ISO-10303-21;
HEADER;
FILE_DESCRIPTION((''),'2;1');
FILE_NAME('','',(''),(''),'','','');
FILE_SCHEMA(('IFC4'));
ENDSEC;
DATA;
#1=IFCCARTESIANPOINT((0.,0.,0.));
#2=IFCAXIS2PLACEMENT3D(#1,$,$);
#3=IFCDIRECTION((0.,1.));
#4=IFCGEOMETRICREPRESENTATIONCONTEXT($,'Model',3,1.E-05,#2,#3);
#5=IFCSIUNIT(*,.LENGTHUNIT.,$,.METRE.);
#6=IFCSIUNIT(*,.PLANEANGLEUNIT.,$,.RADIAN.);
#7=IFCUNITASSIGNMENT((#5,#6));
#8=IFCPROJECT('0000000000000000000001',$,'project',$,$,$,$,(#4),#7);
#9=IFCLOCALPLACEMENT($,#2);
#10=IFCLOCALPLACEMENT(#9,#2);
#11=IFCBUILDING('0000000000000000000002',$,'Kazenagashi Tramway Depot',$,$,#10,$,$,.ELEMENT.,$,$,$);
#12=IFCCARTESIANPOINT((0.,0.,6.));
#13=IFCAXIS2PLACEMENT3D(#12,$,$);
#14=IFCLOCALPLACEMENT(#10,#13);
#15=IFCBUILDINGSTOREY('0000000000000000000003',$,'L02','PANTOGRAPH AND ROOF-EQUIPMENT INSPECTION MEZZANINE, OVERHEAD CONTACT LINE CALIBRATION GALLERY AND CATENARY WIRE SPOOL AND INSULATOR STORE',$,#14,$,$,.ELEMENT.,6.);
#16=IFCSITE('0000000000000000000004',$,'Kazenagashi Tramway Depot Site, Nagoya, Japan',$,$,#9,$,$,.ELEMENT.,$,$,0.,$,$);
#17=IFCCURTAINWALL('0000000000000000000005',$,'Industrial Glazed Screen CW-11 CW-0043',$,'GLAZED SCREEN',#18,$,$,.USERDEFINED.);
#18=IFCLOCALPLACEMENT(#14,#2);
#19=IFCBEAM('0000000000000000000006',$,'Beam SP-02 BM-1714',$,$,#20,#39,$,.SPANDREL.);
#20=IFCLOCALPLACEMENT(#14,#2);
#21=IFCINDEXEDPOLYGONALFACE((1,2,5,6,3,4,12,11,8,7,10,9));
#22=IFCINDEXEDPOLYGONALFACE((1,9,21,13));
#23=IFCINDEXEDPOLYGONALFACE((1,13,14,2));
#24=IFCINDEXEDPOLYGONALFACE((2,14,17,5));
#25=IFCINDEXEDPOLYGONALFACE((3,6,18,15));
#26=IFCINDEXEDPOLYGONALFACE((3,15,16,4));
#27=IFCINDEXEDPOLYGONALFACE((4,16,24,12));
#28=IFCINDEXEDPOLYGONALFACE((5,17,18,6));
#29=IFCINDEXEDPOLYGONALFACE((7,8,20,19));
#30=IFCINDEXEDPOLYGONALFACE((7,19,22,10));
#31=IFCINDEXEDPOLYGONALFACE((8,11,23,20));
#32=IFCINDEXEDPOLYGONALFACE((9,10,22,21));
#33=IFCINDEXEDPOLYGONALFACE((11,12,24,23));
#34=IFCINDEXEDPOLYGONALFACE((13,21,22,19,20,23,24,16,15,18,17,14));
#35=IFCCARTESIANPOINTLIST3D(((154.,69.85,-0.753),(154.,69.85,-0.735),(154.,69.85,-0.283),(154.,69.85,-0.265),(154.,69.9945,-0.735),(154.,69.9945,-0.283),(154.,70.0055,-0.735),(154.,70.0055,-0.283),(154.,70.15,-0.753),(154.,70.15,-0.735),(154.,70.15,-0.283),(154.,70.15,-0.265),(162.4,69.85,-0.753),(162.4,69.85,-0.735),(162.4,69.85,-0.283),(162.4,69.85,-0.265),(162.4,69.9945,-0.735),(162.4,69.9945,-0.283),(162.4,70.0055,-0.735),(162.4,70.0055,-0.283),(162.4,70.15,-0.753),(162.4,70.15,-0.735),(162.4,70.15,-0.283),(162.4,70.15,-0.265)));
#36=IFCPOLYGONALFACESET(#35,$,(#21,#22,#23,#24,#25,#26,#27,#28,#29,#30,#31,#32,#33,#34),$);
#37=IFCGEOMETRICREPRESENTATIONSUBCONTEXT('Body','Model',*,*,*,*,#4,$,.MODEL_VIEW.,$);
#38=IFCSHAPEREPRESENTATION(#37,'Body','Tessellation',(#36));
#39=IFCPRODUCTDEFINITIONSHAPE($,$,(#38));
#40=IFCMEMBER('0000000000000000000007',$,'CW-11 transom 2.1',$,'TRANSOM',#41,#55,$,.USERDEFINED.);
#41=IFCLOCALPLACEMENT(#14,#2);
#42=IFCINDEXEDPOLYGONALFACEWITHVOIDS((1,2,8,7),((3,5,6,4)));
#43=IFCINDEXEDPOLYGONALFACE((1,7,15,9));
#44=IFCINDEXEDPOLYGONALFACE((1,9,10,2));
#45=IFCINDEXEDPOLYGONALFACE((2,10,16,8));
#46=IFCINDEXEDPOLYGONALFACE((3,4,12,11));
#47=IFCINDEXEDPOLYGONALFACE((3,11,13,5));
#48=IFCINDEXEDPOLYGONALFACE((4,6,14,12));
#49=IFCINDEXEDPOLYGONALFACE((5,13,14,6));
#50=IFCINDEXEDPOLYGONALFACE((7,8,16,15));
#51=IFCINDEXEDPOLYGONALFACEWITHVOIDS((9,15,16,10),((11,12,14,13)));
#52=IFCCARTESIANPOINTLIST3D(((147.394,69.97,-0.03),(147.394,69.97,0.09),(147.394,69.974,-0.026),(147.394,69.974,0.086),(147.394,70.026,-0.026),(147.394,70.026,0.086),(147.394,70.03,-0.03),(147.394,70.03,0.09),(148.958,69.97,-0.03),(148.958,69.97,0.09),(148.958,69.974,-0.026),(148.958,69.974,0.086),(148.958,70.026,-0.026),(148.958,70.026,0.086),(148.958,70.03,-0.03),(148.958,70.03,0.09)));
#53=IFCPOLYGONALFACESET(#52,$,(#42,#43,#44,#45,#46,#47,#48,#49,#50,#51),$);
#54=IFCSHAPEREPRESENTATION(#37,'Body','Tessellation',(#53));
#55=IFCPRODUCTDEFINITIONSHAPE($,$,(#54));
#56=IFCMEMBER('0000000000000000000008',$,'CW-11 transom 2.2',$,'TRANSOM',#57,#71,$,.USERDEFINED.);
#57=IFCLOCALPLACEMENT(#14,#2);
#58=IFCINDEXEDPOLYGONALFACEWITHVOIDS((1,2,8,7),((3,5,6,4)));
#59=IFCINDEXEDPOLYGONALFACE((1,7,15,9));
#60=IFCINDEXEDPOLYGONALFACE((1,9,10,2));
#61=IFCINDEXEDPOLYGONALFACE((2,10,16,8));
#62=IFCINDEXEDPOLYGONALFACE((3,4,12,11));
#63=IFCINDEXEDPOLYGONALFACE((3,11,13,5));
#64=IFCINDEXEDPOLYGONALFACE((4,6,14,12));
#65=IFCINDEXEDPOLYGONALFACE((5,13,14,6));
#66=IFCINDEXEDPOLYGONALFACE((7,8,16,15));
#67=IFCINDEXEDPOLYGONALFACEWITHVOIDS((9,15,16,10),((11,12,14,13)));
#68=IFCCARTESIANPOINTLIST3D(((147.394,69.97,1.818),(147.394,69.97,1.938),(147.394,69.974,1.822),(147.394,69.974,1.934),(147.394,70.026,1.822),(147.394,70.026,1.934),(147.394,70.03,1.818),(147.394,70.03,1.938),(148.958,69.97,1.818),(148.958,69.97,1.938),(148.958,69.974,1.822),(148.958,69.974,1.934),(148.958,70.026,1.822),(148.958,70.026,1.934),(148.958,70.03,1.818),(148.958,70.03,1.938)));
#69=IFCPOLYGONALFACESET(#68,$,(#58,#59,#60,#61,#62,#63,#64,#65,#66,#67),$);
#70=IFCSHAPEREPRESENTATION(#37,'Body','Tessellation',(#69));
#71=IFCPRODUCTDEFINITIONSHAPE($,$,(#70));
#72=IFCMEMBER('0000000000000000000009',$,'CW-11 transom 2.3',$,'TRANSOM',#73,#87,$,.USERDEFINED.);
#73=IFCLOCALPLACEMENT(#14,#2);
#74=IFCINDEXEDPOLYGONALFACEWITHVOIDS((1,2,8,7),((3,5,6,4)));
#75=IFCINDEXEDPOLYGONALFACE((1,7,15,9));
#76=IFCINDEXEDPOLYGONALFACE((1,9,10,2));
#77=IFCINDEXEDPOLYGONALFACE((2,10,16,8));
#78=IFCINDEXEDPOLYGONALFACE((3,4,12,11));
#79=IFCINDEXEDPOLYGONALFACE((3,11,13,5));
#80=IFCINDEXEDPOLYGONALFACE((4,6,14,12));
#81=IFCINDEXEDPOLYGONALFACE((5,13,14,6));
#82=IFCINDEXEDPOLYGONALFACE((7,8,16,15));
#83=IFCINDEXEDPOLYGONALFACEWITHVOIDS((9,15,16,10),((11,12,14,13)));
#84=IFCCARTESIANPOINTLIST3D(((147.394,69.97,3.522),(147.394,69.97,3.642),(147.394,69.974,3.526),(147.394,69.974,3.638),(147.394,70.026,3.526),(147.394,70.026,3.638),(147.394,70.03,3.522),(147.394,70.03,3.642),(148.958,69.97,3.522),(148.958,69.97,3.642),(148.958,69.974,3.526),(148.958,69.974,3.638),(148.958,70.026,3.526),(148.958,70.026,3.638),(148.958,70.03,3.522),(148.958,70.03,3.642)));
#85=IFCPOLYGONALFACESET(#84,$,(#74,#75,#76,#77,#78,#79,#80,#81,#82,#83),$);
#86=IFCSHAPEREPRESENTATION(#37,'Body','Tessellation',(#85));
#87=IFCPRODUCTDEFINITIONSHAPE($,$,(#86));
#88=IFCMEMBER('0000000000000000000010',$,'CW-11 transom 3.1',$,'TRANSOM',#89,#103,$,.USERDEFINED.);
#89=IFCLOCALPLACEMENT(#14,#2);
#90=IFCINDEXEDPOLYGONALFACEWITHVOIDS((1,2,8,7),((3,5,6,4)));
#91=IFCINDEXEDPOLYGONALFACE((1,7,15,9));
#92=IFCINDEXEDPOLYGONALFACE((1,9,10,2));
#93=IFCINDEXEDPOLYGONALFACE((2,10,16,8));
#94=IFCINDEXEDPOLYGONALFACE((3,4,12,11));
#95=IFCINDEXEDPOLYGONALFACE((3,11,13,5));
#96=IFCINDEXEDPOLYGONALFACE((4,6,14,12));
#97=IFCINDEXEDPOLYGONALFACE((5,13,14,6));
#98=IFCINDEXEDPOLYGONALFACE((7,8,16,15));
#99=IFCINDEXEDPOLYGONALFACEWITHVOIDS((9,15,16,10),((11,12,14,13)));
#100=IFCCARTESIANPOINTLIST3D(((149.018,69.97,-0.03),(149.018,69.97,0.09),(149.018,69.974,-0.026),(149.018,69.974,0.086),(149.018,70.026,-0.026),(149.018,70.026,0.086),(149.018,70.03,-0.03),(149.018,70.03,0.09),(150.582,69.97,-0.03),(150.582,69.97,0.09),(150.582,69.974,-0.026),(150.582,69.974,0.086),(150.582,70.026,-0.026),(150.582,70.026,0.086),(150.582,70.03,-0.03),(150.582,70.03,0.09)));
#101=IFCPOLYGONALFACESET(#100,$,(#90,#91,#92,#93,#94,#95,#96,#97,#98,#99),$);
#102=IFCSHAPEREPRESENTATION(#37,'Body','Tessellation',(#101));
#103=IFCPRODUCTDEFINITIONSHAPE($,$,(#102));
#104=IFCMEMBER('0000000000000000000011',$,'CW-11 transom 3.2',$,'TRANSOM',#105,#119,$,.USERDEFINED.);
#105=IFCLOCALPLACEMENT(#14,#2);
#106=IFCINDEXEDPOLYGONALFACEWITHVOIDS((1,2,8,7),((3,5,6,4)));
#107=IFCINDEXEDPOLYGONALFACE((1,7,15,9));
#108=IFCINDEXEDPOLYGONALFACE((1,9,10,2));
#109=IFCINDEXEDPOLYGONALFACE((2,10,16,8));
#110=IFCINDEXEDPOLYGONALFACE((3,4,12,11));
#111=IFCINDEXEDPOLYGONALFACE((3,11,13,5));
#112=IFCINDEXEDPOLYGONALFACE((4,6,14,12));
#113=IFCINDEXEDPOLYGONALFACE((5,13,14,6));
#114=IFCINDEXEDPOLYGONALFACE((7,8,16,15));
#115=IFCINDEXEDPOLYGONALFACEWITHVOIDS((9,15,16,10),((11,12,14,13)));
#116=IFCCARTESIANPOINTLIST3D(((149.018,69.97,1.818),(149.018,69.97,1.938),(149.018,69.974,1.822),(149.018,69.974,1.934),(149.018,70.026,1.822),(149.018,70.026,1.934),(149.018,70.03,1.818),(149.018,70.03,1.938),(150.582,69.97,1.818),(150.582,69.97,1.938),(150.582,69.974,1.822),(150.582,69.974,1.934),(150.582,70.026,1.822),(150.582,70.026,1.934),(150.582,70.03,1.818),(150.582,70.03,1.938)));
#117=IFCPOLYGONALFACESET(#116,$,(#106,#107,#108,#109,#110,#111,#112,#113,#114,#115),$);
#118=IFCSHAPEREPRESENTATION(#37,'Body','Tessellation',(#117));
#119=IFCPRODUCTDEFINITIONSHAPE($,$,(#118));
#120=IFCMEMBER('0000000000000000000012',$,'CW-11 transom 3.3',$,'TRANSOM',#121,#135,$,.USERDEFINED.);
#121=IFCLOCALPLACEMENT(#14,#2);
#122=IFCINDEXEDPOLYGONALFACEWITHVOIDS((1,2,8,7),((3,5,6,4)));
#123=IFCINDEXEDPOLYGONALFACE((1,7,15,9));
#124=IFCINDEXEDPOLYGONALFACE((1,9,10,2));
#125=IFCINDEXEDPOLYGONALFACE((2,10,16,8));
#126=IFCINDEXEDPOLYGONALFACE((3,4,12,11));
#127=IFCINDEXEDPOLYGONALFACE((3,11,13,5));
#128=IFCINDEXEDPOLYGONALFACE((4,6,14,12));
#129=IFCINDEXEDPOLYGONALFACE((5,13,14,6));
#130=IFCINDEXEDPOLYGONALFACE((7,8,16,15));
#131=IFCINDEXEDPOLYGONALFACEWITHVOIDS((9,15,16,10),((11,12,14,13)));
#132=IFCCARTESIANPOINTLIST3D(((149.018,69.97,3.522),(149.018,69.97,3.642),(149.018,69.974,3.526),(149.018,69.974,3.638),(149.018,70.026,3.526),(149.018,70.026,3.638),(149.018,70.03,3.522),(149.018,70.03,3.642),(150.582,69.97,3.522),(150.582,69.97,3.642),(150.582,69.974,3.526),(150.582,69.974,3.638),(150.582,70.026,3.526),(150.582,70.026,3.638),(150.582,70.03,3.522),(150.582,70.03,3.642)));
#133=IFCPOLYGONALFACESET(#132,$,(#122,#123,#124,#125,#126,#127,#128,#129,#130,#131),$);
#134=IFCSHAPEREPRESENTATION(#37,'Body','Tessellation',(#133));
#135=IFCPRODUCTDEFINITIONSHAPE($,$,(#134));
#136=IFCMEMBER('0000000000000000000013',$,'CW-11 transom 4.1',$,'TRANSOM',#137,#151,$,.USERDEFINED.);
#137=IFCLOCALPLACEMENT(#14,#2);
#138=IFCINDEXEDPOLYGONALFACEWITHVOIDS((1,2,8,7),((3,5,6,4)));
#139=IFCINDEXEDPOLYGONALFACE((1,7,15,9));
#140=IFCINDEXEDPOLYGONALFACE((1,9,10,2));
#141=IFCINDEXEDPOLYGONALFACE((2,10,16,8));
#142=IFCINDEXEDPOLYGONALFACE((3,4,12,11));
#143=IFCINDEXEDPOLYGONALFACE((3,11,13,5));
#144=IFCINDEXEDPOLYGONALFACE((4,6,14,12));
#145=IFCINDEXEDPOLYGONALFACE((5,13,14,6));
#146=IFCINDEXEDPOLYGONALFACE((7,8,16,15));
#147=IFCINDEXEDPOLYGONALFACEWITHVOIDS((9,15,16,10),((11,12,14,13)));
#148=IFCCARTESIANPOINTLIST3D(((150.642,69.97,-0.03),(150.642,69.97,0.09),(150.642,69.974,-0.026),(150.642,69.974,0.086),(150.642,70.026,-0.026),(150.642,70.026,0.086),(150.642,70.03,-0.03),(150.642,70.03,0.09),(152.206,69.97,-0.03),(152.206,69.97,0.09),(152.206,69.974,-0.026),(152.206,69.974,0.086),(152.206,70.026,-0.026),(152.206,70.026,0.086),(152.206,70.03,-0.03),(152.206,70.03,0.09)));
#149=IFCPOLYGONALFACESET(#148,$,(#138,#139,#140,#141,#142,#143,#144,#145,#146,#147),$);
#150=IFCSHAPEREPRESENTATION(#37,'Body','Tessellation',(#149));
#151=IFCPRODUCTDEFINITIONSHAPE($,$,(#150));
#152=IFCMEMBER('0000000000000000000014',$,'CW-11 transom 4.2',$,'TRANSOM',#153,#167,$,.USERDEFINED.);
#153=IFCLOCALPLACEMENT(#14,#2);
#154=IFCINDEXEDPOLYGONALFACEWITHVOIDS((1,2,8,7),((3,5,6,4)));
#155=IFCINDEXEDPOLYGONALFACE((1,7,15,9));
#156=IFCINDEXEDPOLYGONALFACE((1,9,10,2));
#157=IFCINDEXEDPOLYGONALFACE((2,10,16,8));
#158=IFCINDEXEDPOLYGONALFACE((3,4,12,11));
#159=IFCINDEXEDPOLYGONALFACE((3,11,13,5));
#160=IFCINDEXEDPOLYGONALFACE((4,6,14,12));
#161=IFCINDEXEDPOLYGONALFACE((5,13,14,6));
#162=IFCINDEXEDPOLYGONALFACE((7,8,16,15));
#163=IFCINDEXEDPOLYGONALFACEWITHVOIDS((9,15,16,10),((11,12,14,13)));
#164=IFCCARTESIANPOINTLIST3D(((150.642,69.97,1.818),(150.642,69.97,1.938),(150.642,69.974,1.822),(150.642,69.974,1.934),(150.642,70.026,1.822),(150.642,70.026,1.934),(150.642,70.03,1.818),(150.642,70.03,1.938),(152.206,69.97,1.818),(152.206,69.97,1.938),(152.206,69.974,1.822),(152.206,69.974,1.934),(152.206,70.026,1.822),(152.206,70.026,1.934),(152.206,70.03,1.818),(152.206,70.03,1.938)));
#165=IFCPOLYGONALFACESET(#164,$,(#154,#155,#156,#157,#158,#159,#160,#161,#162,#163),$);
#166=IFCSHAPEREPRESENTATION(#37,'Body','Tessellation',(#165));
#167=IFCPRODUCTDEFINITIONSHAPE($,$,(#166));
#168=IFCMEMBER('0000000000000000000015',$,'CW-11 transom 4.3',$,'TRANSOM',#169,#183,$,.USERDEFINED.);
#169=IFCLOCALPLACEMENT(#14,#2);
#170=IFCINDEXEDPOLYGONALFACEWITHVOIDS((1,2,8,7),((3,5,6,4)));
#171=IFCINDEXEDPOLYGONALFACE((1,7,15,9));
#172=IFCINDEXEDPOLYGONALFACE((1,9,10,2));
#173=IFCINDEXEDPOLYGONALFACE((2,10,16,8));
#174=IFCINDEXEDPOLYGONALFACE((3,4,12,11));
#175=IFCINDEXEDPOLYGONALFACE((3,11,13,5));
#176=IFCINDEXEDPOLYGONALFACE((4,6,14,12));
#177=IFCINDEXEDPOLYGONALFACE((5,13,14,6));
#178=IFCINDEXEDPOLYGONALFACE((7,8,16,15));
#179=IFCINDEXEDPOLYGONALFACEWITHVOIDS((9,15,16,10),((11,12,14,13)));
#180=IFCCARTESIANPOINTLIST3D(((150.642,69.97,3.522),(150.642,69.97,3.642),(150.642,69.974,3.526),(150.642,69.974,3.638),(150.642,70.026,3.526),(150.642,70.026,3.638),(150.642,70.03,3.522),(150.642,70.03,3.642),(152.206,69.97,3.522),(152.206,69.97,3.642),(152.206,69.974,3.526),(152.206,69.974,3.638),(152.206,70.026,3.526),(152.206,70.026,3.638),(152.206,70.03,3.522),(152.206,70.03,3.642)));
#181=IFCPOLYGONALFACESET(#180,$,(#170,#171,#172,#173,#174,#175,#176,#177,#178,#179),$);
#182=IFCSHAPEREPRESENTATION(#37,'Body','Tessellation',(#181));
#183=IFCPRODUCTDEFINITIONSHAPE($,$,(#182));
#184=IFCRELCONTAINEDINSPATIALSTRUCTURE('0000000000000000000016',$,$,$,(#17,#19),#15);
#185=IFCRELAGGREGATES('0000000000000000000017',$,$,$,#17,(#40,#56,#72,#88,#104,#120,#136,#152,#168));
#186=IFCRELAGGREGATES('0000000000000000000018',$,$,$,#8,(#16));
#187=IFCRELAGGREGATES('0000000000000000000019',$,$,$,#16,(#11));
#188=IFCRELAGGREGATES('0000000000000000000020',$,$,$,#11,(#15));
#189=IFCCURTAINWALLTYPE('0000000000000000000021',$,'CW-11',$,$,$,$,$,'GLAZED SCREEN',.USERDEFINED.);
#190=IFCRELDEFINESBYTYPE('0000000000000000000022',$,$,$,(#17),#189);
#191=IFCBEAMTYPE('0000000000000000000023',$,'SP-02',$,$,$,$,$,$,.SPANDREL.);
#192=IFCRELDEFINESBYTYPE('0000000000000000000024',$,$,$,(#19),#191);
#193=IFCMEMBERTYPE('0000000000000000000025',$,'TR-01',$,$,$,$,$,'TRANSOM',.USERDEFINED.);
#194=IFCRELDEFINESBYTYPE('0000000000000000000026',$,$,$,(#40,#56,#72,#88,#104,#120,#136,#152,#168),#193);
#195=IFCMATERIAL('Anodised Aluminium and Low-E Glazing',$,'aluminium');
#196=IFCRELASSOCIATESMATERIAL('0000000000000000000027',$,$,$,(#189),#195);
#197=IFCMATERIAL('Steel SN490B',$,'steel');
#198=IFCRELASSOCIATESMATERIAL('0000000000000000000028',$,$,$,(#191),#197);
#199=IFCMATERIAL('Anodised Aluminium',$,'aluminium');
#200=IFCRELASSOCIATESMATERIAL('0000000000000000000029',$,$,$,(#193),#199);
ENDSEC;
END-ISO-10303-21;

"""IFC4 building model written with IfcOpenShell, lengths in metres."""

from ifc_helpers import new_model, si_unit, direction, frame, origin, origin_2d, place, context, subcontext, project, spatial, hollow_rectangle, i_section, extrude, material, material_profile, profile_set, type_object, element, aggregate, save


model = new_model("IFC4")

# Units and contexts
model_context = context("Model", 3, precision=1e-05, world=origin(), true_north=direction((0.0, 1.0)))
body_context = subcontext(model_context, "Body", "Model", "MODEL_VIEW")
ifc_project = project(units=[si_unit("LENGTHUNIT", "METRE"), si_unit("PLANEANGLEUNIT", "RADIAN")], contexts=[model_context])

# Site, building, storey
site_placement = place(None, origin())
site = spatial("IfcSite", under=ifc_project, at=site_placement, Name="Kazenagashi Tramway Depot Site, Nagoya, Japan", CompositionType="ELEMENT", RefElevation=0.0)
building_placement = place(site_placement, origin())
building = spatial("IfcBuilding", under=site, at=building_placement, Name="Kazenagashi Tramway Depot", CompositionType="ELEMENT")
storey_placement = place(building_placement, frame((0.0, 0.0, 6.0)))
storey = spatial("IfcBuildingStorey", under=building, at=storey_placement, Name="L02", Description="PANTOGRAPH AND ROOF-EQUIPMENT INSPECTION MEZZANINE, OVERHEAD CONTACT LINE CALIBRATION GALLERY AND CATENARY WIRE SPOOL AND INSULATOR STORE", CompositionType="ELEMENT", Elevation=6.0)

# Shared definitions
ifc_material_1 = material(Name="Steel SN490B", Category="steel")

# Curtain wall
ifc_material_2 = material(Name="Anodised Aluminium and Low-E Glazing", Category="aluminium")
curtain_wall_type = type_object("IfcCurtainWallType", Name="CW-11", ElementType="GLAZED SCREEN", PredefinedType="USERDEFINED", material=ifc_material_2)
curtain_wall_1_placement = place(storey_placement, origin())
curtain_wall_1 = element("IfcCurtainWall", 1, at=curtain_wall_1_placement, inside=storey, type_object=curtain_wall_type, Name="Industrial Glazed Screen CW-11 CW-0043", ObjectType="GLAZED SCREEN", PredefinedType="USERDEFINED")
ifc_material_3 = material(Name="Anodised Aluminium", Category="aluminium")

# Beam
ifc_material_profile_1 = material_profile(ifc_material_1, i_section(OverallWidth=0.3, OverallDepth=0.488, WebThickness=0.011, FlangeThickness=0.018, at=origin_2d()), Name="H-488x300x11x18")
ifc_profile_set_1 = profile_set([ifc_material_profile_1], Name="Steel SN490B")
beam_type_1 = type_object("IfcBeamType", Name="SP-02", PredefinedType="SPANDREL", material=ifc_profile_set_1)
beam_1_placement = place(storey_placement, frame((154.0, 70.0, -0.509), z_axis=(1.0, 0.0, 0.0), x_axis=(0.0, 1.0, 0.0)))
element("IfcBeam", 2, at=beam_1_placement, inside=storey, type_object=beam_type_1, Name="Beam SP-02 BM-1714", PredefinedType="SPANDREL", context=body_context, shape_type="SweptSolid", body=[
    extrude(i_section(OverallWidth=0.3, OverallDepth=0.488, WebThickness=0.011, FlangeThickness=0.018, at=origin_2d()), origin(), (0.0, 0.0, 1.0), 8.4),
])

# Members
ifc_material_profile_2 = material_profile(ifc_material_3, hollow_rectangle(XDim=0.06, YDim=0.12, WallThickness=0.004, at=origin_2d()), Name="RHS-120x60x4")
ifc_profile_set_2 = profile_set([ifc_material_profile_2], Name="Anodised Aluminium")
member_type_1 = type_object("IfcMemberType", Name="TR-01", ElementType="TRANSOM", PredefinedType="USERDEFINED", material=ifc_profile_set_2)
member_1_placement = place(storey_placement, frame((147.394, 70.0, 0.03), z_axis=(1.0, 0.0, 0.0), x_axis=(0.0, 1.0, 0.0)))
member_1 = element("IfcMember", 3, at=member_1_placement, type_object=member_type_1, Name="CW-11 transom 2.1", ObjectType="TRANSOM", PredefinedType="USERDEFINED", context=body_context, shape_type="SweptSolid", body=[
    extrude(hollow_rectangle(XDim=0.06, YDim=0.12, WallThickness=0.004, at=origin_2d()), origin(), (0.0, 0.0, 1.0), 1.564),
])
member_2_placement = place(storey_placement, frame((147.394, 70.0, 1.878), z_axis=(1.0, 0.0, 0.0), x_axis=(0.0, 1.0, 0.0)))
member_2 = element("IfcMember", 4, at=member_2_placement, type_object=member_type_1, Name="CW-11 transom 2.2", ObjectType="TRANSOM", PredefinedType="USERDEFINED", context=body_context, shape_type="SweptSolid", body=[
    extrude(hollow_rectangle(XDim=0.06, YDim=0.12, WallThickness=0.004, at=origin_2d()), origin(), (0.0, 0.0, 1.0), 1.564),
])
member_3_placement = place(storey_placement, frame((147.394, 70.0, 3.582), z_axis=(1.0, 0.0, 0.0), x_axis=(0.0, 1.0, 0.0)))
member_3 = element("IfcMember", 5, at=member_3_placement, type_object=member_type_1, Name="CW-11 transom 2.3", ObjectType="TRANSOM", PredefinedType="USERDEFINED", context=body_context, shape_type="SweptSolid", body=[
    extrude(hollow_rectangle(XDim=0.06, YDim=0.12, WallThickness=0.004, at=origin_2d()), origin(), (0.0, 0.0, 1.0), 1.564),
])
member_4_placement = place(storey_placement, frame((149.018, 70.0, 0.03), z_axis=(1.0, 0.0, 0.0), x_axis=(0.0, 1.0, 0.0)))
member_4 = element("IfcMember", 6, at=member_4_placement, type_object=member_type_1, Name="CW-11 transom 3.1", ObjectType="TRANSOM", PredefinedType="USERDEFINED", context=body_context, shape_type="SweptSolid", body=[
    extrude(hollow_rectangle(XDim=0.06, YDim=0.12, WallThickness=0.004, at=origin_2d()), origin(), (0.0, 0.0, 1.0), 1.564),
])
member_5_placement = place(storey_placement, frame((149.018, 70.0, 1.878), z_axis=(1.0, 0.0, 0.0), x_axis=(0.0, 1.0, 0.0)))
member_5 = element("IfcMember", 7, at=member_5_placement, type_object=member_type_1, Name="CW-11 transom 3.2", ObjectType="TRANSOM", PredefinedType="USERDEFINED", context=body_context, shape_type="SweptSolid", body=[
    extrude(hollow_rectangle(XDim=0.06, YDim=0.12, WallThickness=0.004, at=origin_2d()), origin(), (0.0, 0.0, 1.0), 1.564),
])
member_6_placement = place(storey_placement, frame((149.018, 70.0, 3.582), z_axis=(1.0, 0.0, 0.0), x_axis=(0.0, 1.0, 0.0)))
member_6 = element("IfcMember", 8, at=member_6_placement, type_object=member_type_1, Name="CW-11 transom 3.3", ObjectType="TRANSOM", PredefinedType="USERDEFINED", context=body_context, shape_type="SweptSolid", body=[
    extrude(hollow_rectangle(XDim=0.06, YDim=0.12, WallThickness=0.004, at=origin_2d()), origin(), (0.0, 0.0, 1.0), 1.564),
])
member_7_placement = place(storey_placement, frame((150.642, 70.0, 0.03), z_axis=(1.0, 0.0, 0.0), x_axis=(0.0, 1.0, 0.0)))
member_7 = element("IfcMember", 9, at=member_7_placement, type_object=member_type_1, Name="CW-11 transom 4.1", ObjectType="TRANSOM", PredefinedType="USERDEFINED", context=body_context, shape_type="SweptSolid", body=[
    extrude(hollow_rectangle(XDim=0.06, YDim=0.12, WallThickness=0.004, at=origin_2d()), origin(), (0.0, 0.0, 1.0), 1.564),
])
member_8_placement = place(storey_placement, frame((150.642, 70.0, 1.878), z_axis=(1.0, 0.0, 0.0), x_axis=(0.0, 1.0, 0.0)))
member_8 = element("IfcMember", 10, at=member_8_placement, type_object=member_type_1, Name="CW-11 transom 4.2", ObjectType="TRANSOM", PredefinedType="USERDEFINED", context=body_context, shape_type="SweptSolid", body=[
    extrude(hollow_rectangle(XDim=0.06, YDim=0.12, WallThickness=0.004, at=origin_2d()), origin(), (0.0, 0.0, 1.0), 1.564),
])
member_9_placement = place(storey_placement, frame((150.642, 70.0, 3.582), z_axis=(1.0, 0.0, 0.0), x_axis=(0.0, 1.0, 0.0)))
member_9 = element("IfcMember", 11, at=member_9_placement, type_object=member_type_1, Name="CW-11 transom 4.3", ObjectType="TRANSOM", PredefinedType="USERDEFINED", context=body_context, shape_type="SweptSolid", body=[
    extrude(hollow_rectangle(XDim=0.06, YDim=0.12, WallThickness=0.004, at=origin_2d()), origin(), (0.0, 0.0, 1.0), 1.564),
])

aggregate(curtain_wall_1, [member_1, member_2, member_3, member_4, member_5, member_6, member_7, member_8, member_9])

save(model, "model.ifc")
